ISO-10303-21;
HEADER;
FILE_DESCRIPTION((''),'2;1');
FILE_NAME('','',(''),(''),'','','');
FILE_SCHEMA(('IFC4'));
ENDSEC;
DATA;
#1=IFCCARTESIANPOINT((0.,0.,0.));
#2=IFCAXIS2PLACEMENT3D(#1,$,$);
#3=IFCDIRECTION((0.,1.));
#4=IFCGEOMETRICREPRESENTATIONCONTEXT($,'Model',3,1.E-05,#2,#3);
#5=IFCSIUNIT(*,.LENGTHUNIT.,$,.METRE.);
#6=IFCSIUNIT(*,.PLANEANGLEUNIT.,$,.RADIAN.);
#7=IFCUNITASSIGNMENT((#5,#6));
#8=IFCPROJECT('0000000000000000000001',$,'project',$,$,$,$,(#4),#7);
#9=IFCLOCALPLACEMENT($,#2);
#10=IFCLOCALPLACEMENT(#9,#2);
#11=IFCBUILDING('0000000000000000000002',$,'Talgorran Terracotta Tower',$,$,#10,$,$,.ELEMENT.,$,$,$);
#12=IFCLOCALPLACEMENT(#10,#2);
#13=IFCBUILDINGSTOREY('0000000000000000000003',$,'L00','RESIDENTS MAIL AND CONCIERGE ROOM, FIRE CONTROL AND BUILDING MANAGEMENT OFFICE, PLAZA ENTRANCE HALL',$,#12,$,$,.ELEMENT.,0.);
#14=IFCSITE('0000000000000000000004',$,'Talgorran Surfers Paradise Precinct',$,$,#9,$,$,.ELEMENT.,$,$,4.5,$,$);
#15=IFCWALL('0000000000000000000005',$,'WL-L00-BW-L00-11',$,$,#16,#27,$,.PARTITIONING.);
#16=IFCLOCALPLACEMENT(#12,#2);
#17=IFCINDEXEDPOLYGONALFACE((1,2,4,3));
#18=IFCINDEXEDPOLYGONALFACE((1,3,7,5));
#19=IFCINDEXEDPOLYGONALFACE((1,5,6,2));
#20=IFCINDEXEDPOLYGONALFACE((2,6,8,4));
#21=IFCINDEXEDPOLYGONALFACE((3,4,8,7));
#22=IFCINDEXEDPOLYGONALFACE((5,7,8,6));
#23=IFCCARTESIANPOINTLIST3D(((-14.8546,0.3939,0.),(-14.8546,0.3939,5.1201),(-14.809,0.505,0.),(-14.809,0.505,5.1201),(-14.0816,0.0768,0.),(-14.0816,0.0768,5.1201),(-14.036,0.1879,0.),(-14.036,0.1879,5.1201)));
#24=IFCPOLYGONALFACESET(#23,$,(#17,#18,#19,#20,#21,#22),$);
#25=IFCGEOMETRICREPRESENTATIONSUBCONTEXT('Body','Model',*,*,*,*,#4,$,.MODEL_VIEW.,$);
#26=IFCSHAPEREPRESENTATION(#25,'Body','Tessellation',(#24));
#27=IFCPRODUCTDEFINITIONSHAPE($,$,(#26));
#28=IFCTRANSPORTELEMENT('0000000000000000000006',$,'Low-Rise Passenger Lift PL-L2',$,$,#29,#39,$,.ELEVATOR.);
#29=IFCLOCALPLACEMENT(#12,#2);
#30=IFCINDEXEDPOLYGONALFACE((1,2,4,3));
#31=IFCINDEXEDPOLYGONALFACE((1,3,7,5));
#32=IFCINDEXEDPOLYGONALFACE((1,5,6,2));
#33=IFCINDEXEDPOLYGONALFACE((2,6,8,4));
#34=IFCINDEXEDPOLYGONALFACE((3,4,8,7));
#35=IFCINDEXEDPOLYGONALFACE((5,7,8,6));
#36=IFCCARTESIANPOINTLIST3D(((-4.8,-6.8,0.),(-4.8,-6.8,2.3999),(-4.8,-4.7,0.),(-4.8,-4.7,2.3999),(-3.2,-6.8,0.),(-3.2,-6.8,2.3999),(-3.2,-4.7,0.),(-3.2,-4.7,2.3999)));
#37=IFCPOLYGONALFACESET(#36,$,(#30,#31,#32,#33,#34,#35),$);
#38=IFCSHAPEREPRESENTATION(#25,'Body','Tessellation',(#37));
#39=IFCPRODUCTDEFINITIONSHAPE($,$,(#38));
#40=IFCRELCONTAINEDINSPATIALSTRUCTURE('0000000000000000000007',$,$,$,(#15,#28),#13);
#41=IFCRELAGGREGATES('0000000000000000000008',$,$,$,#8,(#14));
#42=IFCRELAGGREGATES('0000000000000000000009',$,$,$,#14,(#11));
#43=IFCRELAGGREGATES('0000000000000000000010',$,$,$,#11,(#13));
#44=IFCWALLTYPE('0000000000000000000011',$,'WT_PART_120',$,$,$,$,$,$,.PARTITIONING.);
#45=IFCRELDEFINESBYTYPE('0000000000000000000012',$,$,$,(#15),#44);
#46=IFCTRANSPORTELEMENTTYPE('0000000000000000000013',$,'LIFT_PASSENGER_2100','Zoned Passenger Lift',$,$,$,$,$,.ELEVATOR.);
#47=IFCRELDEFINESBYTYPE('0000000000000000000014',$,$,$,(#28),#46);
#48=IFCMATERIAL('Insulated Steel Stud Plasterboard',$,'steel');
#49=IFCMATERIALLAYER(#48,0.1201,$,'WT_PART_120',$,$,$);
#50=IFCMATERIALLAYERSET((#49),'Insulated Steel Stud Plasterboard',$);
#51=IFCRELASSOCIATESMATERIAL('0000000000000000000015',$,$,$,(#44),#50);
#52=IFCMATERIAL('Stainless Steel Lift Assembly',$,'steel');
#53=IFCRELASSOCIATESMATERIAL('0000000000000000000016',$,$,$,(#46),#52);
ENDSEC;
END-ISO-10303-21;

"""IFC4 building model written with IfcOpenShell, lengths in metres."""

from ifc_helpers import new_model, si_unit, direction, frame, frame_2d, origin, origin_2d, place, context, subcontext, project, spatial, rectangle, extrude, material, layer, layer_set, type_object, element, save


model = new_model("IFC4")

# Units and contexts
model_context = context("Model", 3, precision=1e-05, world=origin(), true_north=direction((0.0, 1.0)))
body_context = subcontext(model_context, "Body", "Model", "MODEL_VIEW")
ifc_project = project(units=[si_unit("LENGTHUNIT", "METRE"), si_unit("PLANEANGLEUNIT", "RADIAN")], contexts=[model_context])

# Site, building, storey
site_placement = place(None, origin())
site = spatial("IfcSite", under=ifc_project, at=site_placement, Name="Talgorran Surfers Paradise Precinct", CompositionType="ELEMENT", RefElevation=4.5)
building_placement = place(site_placement, origin())
building = spatial("IfcBuilding", under=site, at=building_placement, Name="Talgorran Terracotta Tower", CompositionType="ELEMENT")
storey_placement = place(building_placement, origin())
storey = spatial("IfcBuildingStorey", under=building, at=storey_placement, Name="L00", Description="RESIDENTS MAIL AND CONCIERGE ROOM, FIRE CONTROL AND BUILDING MANAGEMENT OFFICE, PLAZA ENTRANCE HALL", CompositionType="ELEMENT", Elevation=0.0)

# Wall
ifc_material_1 = material(Name="Insulated Steel Stud Plasterboard", Category="steel")
ifc_layer_1 = layer(ifc_material_1, 0.1201, Name="WT_PART_120")
ifc_layer_set_1 = layer_set([ifc_layer_1], Name="Insulated Steel Stud Plasterboard")
wall_type_1 = type_object("IfcWallType", Name="WT_PART_120", PredefinedType="PARTITIONING", material=ifc_layer_set_1)
wall_1_placement = place(storey_placement, frame((-14.0588, 0.1323, 0.0), z_axis=(0.0, 0.0, 1.0), x_axis=(-0.925155, 0.379588, 0.0)))
element("IfcWall", 1, at=wall_1_placement, inside=storey, type_object=wall_type_1, Name="WL-L00-BW-L00-11", PredefinedType="PARTITIONING", context=body_context, shape_type="SweptSolid", body=[
    extrude(rectangle(XDim=0.8354, YDim=0.1201, at=frame_2d((0.4177, 0.0))), origin(), (0.0, 0.0, 1.0), 5.1201),
])

# Transport element
ifc_material_2 = material(Name="Stainless Steel Lift Assembly", Category="steel")
transport_element_type = type_object("IfcTransportElementType", Name="LIFT_PASSENGER_2100", Description="Zoned Passenger Lift", PredefinedType="ELEVATOR", material=ifc_material_2)
transport_element_placement = place(storey_placement, frame((-4.0, -5.75, 0.0), z_axis=(0.0, 0.0, 1.0), x_axis=(1.0, 0.0, 0.0)))
element("IfcTransportElement", 2, at=transport_element_placement, inside=storey, type_object=transport_element_type, Name="Low-Rise Passenger Lift PL-L2", PredefinedType="ELEVATOR", context=body_context, shape_type="SweptSolid", body=[
    extrude(rectangle(XDim=1.6001, YDim=2.1001, at=origin_2d()), origin(), (0.0, 0.0, 1.0), 2.3999),
])

save(model, "model.ifc")
